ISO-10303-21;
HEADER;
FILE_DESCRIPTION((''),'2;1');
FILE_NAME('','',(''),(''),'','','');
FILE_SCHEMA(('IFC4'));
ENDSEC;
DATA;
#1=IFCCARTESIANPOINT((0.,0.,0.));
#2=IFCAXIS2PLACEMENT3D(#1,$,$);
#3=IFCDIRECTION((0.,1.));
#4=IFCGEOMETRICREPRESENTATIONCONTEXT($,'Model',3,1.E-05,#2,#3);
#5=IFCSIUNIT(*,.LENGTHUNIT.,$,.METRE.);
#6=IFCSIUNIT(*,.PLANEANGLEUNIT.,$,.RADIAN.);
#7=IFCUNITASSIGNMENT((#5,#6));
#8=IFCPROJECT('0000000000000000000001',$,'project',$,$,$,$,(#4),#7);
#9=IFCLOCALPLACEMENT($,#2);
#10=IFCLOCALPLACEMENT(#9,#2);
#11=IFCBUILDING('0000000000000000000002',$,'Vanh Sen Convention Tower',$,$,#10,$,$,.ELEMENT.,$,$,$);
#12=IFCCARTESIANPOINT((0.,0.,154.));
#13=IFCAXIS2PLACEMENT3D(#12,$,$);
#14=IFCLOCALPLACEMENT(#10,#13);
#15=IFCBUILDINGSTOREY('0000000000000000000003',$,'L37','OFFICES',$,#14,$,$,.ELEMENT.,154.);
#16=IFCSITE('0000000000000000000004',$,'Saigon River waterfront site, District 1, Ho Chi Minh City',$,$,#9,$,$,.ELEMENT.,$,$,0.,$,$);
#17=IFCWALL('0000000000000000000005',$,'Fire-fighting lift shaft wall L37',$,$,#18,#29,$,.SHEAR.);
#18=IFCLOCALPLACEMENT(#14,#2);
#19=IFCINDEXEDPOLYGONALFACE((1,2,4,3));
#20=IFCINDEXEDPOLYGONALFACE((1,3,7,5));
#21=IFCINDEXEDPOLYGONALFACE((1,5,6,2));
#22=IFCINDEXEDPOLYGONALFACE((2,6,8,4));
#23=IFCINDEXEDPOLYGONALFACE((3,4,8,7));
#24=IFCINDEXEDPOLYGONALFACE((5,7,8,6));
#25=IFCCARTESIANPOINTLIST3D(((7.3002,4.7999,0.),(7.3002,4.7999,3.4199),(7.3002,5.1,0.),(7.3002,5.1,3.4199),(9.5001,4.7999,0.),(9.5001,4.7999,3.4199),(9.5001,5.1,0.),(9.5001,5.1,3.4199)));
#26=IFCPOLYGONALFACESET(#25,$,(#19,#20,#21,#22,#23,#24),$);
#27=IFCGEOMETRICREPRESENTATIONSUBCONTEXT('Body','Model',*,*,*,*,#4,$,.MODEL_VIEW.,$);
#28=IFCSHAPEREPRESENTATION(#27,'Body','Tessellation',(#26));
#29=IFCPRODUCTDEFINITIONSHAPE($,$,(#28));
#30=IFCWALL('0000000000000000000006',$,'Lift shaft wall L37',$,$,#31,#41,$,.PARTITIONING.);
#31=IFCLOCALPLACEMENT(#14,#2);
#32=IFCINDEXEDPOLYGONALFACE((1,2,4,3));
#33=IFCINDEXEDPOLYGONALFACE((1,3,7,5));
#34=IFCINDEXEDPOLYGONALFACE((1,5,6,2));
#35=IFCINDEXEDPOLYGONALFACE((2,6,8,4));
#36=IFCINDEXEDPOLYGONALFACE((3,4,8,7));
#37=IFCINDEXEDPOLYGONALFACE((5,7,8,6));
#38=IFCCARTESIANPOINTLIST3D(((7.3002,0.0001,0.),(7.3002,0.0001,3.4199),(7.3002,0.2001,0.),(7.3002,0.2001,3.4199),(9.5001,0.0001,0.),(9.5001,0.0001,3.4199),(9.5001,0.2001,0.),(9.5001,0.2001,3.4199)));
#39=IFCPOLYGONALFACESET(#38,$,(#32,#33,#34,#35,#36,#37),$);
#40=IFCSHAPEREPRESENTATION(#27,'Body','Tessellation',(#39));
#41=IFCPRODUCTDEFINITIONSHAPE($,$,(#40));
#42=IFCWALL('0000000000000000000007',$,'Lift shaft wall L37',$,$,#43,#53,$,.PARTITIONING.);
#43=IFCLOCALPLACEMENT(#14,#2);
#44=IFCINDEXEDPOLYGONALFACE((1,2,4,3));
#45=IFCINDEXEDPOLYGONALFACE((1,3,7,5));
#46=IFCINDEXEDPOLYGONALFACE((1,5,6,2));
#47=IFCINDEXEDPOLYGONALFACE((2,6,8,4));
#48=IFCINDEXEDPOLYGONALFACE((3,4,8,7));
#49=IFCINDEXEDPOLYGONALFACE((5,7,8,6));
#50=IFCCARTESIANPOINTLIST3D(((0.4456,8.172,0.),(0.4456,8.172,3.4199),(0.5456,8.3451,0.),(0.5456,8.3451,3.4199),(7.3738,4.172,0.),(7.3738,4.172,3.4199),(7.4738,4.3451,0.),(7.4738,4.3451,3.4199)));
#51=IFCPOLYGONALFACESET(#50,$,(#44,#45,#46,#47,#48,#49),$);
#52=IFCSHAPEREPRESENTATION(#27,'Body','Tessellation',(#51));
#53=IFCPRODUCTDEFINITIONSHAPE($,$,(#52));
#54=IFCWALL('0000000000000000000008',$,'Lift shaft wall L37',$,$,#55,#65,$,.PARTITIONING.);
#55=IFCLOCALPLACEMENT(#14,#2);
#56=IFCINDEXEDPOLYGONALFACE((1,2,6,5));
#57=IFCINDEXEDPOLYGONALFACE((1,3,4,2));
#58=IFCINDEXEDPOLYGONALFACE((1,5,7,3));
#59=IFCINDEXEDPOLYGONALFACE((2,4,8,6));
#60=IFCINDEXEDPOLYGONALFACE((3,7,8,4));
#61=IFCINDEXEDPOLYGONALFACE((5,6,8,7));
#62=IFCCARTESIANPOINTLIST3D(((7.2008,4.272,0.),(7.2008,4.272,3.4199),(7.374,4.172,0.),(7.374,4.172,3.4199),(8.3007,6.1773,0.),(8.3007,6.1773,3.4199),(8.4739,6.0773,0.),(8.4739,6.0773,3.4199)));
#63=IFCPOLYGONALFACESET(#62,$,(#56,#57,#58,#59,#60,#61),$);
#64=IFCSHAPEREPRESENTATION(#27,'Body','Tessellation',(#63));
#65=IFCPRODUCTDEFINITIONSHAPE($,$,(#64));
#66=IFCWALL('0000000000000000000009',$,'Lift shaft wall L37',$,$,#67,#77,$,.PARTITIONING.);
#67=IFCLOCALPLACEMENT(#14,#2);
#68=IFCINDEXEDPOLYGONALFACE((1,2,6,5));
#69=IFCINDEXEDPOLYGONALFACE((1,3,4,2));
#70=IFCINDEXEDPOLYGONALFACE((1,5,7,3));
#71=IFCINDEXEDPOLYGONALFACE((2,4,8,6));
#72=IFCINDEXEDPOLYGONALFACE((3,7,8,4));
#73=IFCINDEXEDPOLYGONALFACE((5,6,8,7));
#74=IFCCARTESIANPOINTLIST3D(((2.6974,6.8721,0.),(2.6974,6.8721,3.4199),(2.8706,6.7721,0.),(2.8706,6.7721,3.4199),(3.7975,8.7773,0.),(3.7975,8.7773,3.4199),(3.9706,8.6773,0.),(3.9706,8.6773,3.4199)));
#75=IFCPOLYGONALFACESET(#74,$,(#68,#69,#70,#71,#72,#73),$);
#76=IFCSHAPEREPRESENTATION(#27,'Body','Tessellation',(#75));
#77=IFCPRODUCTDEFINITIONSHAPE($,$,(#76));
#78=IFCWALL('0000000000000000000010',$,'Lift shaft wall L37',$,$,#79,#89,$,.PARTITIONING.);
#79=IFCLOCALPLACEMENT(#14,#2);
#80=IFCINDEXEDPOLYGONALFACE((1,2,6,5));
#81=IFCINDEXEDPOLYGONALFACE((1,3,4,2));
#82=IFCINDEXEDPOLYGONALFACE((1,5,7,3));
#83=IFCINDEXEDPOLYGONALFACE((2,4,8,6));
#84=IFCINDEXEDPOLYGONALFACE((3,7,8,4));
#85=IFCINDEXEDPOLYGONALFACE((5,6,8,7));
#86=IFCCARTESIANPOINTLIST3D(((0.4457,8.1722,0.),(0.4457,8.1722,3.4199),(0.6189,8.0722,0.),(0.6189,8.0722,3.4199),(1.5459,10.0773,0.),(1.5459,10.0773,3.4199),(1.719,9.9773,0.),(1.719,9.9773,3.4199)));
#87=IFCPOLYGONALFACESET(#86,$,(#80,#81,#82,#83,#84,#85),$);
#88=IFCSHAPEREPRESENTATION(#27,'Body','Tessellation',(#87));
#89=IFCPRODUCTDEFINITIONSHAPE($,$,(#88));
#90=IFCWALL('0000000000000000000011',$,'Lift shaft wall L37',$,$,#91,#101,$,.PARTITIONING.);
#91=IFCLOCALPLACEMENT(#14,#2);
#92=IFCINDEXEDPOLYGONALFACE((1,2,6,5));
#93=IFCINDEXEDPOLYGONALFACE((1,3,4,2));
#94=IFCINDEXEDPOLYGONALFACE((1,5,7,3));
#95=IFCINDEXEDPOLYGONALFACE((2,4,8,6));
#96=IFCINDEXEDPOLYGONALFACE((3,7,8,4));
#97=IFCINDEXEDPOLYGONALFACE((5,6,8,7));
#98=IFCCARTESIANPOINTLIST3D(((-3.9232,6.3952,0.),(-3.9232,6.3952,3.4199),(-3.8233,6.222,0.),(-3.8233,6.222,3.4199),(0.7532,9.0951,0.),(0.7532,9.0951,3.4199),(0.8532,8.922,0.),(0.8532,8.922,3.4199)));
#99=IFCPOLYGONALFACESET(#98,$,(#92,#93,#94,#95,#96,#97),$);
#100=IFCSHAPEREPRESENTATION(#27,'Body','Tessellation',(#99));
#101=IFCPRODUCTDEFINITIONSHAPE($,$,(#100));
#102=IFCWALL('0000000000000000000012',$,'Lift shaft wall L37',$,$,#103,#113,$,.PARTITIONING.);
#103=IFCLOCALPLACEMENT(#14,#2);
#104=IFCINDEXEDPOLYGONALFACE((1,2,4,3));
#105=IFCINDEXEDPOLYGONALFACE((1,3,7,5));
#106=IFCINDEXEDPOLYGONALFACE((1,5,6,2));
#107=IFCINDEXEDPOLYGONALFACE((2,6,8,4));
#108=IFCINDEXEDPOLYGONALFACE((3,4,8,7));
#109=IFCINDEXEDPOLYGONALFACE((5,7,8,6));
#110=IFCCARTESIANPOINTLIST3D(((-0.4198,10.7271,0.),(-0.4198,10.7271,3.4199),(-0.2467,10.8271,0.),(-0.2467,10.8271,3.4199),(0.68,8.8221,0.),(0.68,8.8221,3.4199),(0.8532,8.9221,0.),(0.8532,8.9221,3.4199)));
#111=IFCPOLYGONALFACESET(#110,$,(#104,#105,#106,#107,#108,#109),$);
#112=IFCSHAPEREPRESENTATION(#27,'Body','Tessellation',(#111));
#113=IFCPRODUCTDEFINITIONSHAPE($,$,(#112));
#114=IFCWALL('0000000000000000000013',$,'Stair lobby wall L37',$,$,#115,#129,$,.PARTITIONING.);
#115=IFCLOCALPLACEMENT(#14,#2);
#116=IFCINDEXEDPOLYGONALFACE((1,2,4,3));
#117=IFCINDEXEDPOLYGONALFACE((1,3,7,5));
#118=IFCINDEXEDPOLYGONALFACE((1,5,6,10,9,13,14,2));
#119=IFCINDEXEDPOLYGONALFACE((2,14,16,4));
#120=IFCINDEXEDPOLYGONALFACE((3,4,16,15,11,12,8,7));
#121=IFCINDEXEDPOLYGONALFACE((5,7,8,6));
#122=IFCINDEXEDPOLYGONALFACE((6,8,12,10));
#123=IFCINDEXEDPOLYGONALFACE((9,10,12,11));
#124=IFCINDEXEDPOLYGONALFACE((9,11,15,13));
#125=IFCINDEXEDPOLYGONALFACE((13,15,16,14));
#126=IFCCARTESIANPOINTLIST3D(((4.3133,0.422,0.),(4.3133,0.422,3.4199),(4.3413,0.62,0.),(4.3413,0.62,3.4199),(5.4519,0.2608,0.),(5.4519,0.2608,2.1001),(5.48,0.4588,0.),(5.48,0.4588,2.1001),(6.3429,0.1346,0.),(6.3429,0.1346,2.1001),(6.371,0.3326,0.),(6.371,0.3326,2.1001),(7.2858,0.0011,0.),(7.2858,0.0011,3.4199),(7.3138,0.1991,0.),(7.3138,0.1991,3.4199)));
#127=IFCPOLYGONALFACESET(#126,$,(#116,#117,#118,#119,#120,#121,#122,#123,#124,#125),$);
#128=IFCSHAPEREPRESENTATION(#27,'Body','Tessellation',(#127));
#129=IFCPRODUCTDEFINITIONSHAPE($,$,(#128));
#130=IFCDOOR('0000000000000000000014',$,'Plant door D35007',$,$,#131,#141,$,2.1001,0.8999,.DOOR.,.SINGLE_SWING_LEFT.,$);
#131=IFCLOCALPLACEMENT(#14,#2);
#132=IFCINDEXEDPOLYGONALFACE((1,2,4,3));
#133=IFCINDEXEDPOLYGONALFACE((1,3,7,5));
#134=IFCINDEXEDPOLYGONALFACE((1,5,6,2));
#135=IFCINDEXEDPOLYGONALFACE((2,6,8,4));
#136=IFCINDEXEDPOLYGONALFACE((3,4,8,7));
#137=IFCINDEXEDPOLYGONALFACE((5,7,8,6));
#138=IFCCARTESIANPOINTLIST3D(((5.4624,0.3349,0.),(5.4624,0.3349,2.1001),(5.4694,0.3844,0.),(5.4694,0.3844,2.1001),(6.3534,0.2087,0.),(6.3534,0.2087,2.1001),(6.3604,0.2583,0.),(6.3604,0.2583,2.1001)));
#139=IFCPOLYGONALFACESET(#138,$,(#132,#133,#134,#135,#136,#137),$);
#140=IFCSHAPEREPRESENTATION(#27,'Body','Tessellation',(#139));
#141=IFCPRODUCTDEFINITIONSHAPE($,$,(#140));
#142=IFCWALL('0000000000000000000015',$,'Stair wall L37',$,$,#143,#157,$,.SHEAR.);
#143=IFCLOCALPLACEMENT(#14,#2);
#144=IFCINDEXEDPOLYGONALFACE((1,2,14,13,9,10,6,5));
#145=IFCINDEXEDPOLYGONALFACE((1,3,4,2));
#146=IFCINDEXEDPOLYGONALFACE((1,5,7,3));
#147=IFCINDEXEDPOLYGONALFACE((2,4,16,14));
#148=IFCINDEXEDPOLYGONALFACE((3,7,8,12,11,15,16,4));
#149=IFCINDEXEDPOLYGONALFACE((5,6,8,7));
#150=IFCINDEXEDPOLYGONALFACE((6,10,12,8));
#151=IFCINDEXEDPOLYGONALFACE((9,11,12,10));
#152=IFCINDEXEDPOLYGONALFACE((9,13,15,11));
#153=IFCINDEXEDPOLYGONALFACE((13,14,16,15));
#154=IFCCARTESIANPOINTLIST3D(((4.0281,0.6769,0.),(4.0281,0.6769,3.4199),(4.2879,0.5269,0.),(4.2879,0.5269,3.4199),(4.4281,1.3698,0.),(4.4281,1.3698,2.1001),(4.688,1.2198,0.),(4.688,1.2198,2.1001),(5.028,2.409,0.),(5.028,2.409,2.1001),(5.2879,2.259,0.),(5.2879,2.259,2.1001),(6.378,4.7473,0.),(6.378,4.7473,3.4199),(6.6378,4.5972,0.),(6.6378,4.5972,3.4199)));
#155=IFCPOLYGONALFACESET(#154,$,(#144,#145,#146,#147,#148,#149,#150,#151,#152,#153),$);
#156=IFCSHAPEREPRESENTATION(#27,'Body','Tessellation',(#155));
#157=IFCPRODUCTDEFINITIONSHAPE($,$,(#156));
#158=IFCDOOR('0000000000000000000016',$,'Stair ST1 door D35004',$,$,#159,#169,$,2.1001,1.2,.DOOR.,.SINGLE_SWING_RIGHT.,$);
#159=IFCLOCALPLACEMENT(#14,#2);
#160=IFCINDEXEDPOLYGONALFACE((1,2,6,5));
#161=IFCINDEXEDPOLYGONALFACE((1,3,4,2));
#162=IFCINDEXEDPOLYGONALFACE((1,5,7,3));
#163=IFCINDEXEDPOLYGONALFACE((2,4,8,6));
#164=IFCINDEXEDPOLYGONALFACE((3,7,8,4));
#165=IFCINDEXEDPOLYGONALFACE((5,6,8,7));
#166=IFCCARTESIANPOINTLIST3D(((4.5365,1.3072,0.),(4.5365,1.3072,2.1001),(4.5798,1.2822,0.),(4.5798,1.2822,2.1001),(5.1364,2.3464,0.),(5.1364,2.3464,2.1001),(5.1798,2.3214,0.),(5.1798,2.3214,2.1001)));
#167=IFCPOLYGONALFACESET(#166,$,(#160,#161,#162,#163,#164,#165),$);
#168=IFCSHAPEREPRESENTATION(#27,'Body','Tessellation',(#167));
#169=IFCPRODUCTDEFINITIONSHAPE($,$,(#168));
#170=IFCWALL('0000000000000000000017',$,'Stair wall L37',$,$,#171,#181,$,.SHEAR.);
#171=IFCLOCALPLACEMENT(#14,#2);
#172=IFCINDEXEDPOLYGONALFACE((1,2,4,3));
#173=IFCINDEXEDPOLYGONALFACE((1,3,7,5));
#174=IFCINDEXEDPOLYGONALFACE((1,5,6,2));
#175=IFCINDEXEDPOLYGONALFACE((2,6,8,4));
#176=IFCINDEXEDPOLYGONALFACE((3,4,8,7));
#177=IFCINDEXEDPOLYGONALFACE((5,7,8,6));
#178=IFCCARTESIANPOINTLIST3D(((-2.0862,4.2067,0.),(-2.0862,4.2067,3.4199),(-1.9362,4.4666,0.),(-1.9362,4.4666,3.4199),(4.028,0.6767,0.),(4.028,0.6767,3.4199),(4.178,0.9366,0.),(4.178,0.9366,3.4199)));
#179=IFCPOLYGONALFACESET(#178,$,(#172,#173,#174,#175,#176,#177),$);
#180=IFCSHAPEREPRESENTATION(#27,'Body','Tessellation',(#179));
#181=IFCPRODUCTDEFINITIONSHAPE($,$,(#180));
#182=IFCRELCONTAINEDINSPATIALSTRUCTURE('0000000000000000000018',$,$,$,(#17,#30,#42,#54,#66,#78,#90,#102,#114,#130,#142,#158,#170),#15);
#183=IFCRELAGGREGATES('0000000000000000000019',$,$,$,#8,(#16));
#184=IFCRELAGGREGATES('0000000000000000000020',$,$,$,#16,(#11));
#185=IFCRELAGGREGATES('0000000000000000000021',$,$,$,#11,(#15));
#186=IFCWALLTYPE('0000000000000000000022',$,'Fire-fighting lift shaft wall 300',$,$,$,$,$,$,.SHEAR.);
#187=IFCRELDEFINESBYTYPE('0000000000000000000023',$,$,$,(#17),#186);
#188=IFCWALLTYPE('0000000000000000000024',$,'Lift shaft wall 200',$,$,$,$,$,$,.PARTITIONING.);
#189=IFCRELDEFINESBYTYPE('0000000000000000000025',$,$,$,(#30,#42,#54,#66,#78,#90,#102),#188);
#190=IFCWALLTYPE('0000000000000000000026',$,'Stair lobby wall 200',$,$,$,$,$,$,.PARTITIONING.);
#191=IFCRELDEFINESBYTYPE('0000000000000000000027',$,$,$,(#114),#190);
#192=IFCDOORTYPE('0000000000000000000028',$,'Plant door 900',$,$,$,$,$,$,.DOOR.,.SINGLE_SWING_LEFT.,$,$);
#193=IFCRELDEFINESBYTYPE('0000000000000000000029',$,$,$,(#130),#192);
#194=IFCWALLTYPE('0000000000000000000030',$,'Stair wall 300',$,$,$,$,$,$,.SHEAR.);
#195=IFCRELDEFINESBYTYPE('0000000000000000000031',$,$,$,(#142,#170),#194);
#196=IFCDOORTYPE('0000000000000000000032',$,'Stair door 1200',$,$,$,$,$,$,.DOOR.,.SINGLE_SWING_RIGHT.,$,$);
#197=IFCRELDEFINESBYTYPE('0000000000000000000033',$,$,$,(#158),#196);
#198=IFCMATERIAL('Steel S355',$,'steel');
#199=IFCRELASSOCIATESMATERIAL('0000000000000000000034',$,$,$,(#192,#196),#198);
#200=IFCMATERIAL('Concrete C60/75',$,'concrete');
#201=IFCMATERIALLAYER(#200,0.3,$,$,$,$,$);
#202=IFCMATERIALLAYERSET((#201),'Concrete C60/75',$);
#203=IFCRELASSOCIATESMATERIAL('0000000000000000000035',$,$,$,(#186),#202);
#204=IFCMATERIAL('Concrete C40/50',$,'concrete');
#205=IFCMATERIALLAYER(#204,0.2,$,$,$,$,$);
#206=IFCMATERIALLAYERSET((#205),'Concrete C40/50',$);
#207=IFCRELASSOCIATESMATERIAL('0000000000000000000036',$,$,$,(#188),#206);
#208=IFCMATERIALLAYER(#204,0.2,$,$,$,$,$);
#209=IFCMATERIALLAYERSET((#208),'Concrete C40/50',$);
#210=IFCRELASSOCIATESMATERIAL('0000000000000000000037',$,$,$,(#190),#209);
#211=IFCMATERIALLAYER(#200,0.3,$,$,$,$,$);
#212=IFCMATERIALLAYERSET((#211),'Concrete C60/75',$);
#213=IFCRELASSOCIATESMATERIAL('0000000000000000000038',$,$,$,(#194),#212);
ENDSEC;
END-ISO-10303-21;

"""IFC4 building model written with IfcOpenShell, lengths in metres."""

from ifc_helpers import new_model, si_unit, direction, frame, frame_2d, origin, place, context, subcontext, project, spatial, rectangle, extrude, material, layer, layer_set, type_object, element, fill, save


model = new_model("IFC4")

# Units and contexts
model_context = context("Model", 3, precision=1e-05, world=origin(), true_north=direction((0.0, 1.0)))
body_context = subcontext(model_context, "Body", "Model", "MODEL_VIEW")
ifc_project = project(units=[si_unit("LENGTHUNIT", "METRE"), si_unit("PLANEANGLEUNIT", "RADIAN")], contexts=[model_context])

# Site, building, storey
site_placement = place(None, origin())
site = spatial("IfcSite", under=ifc_project, at=site_placement, Name="Saigon River waterfront site, District 1, Ho Chi Minh City", CompositionType="ELEMENT", RefElevation=0.0)
building_placement = place(site_placement, origin())
building = spatial("IfcBuilding", under=site, at=building_placement, Name="Vanh Sen Convention Tower", CompositionType="ELEMENT")
storey_placement = place(building_placement, frame((0.0, 0.0, 154.0)))
storey = spatial("IfcBuildingStorey", under=building, at=storey_placement, Name="L37", Description="OFFICES", CompositionType="ELEMENT", Elevation=154.0)

# Shared definitions
ifc_material_1 = material(Name="Concrete C40/50", Category="concrete")

# Shared definitions
ifc_material_2 = material(Name="Steel S355", Category="steel")
door_type_1 = type_object("IfcDoorType", Name="Plant door 900", OperationType="SINGLE_SWING_LEFT", PredefinedType="DOOR", material=ifc_material_2)

# Shared definitions
ifc_material_3 = material(Name="Concrete C60/75", Category="concrete")
ifc_layer_1 = layer(ifc_material_3, 0.3)
ifc_layer_set_1 = layer_set([ifc_layer_1], Name="Concrete C60/75")
wall_type_1 = type_object("IfcWallType", Name="Fire-fighting lift shaft wall 300", PredefinedType="SHEAR", material=ifc_layer_set_1)

# Walls
wall_1_placement = place(storey_placement, frame((7.3, 4.95, 0.0), z_axis=(0.0, 0.0, 1.0), x_axis=(1.0, 0.0, 0.0)))
element("IfcWall", 1, at=wall_1_placement, inside=storey, type_object=wall_type_1, Name="Fire-fighting lift shaft wall L37", PredefinedType="SHEAR", context=body_context, shape_type="SweptSolid", body=[
    extrude(rectangle(XDim=2.2, YDim=0.3, at=frame_2d((1.1001, 0.0))), origin(), (0.0, 0.0, 1.0), 3.4199),
])
ifc_layer_2 = layer(ifc_material_1, 0.2)
ifc_layer_set_2 = layer_set([ifc_layer_2], Name="Concrete C40/50")
wall_type_2 = type_object("IfcWallType", Name="Lift shaft wall 200", PredefinedType="PARTITIONING", material=ifc_layer_set_2)
wall_2_placement = place(storey_placement, frame((7.3, 0.1001, 0.0), z_axis=(0.0, 0.0, 1.0), x_axis=(1.0, 0.0, 0.0)))
element("IfcWall", 2, at=wall_2_placement, inside=storey, type_object=wall_type_2, Name="Lift shaft wall L37", PredefinedType="PARTITIONING", context=body_context, shape_type="SweptSolid", body=[
    extrude(rectangle(XDim=2.2, YDim=0.2, at=frame_2d((1.1001, 0.0))), origin(), (0.0, 0.0, 1.0), 3.4199),
])
wall_3_placement = place(storey_placement, frame((7.4238, 4.2585, 0.0), z_axis=(0.0, 0.0, 1.0), x_axis=(-0.866026, 0.499999, 0.0)))
element("IfcWall", 3, at=wall_3_placement, inside=storey, type_object=wall_type_2, Name="Lift shaft wall L37", PredefinedType="PARTITIONING", context=body_context, shape_type="SweptSolid", body=[
    extrude(rectangle(XDim=8.0, YDim=0.2, at=frame_2d((4.0, 0.0))), origin(), (0.0, 0.0, 1.0), 3.4199),
])
for number, where, z_axis, x_axis, name in (
    (4, (7.2874, 4.2219, 0.0), (0.0, 0.0, 1.0), (0.499947, 0.866056, 0.0), "Lift shaft wall L37"),
    (5, (2.7839, 6.822, 0.0), (0.0, 0.0, 1.0), (0.50003, 0.866008, 0.0), "Lift shaft wall L37"),
    (6, (0.5322, 8.1221, 0.0), (0.0, 0.0, 1.0), (0.500078, 0.86598, 0.0), "Lift shaft wall L37"),
):
    element("IfcWall", number, at=place(storey_placement, frame(where, z_axis=z_axis, x_axis=x_axis)), inside=storey, type_object=wall_type_2, Name=name, PredefinedType="PARTITIONING", context=body_context, shape_type="SweptSolid", body=[
        extrude(rectangle(XDim=2.2, YDim=0.2, at=frame_2d((1.1001, 0.0))), origin(), (0.0, 0.0, 1.0), 3.4199),
    ])
wall_4_placement = place(storey_placement, frame((0.8032, 9.0085, 0.0), z_axis=(0.0, 0.0, 1.0), x_axis=(-0.866028, -0.499995, 0.0)))
element("IfcWall", 7, at=wall_4_placement, inside=storey, type_object=wall_type_2, Name="Lift shaft wall L37", PredefinedType="PARTITIONING", context=body_context, shape_type="SweptSolid", body=[
    extrude(rectangle(XDim=5.3999, YDim=0.2, at=frame_2d((2.7, 0.0))), origin(), (0.0, 0.0, 1.0), 3.4199),
])
wall_5_placement = place(storey_placement, frame((0.7666, 8.8721, 0.0), z_axis=(0.0, 0.0, 1.0), x_axis=(-0.499995, 0.866028, 0.0)))
element("IfcWall", 8, at=wall_5_placement, inside=storey, type_object=wall_type_2, Name="Lift shaft wall L37", PredefinedType="PARTITIONING", context=body_context, shape_type="SweptSolid", body=[
    extrude(rectangle(XDim=2.1997, YDim=0.2, at=frame_2d((1.0999, 0.0))), origin(), (0.0, 0.0, 1.0), 3.4199),
])

# Walls, openings, doors
ifc_layer_3 = layer(ifc_material_1, 0.2)
ifc_layer_set_3 = layer_set([ifc_layer_3], Name="Concrete C40/50")
wall_type_3 = type_object("IfcWallType", Name="Stair lobby wall 200", PredefinedType="PARTITIONING", material=ifc_layer_set_3)
wall_6_placement = place(storey_placement, frame((4.3274, 0.521, 0.0), z_axis=(0.0, 0.0, 1.0), x_axis=(0.990124, -0.140192, 0.0)))
wall_6 = element("IfcWall", 9, at=wall_6_placement, inside=storey, type_object=wall_type_3, Name="Stair lobby wall L37", PredefinedType="PARTITIONING", context=body_context, shape_type="SweptSolid", body=[
    extrude(rectangle(XDim=3.0022, YDim=0.2, at=frame_2d((1.501, 0.0))), origin(), (0.0, 0.0, 1.0), 3.4199),
])
opening_1_placement = place(wall_6_placement, frame((1.1499, 0.0, 0.0)))
opening_1 = element("IfcOpeningElement", 10, at=opening_1_placement, cuts=wall_6, PredefinedType="OPENING", context=body_context, shape_type="SweptSolid", body=[
    extrude(rectangle(XDim=0.8999, YDim=2.1001, at=frame_2d((0.45, 1.05))), frame((0.0, 0.1099, 0.0), z_axis=(0.0, -1.0, 0.0), x_axis=(1.0, 0.0, 0.0)), (0.0, 0.0, 1.0), 0.22),
])
door_1_placement = place(opening_1_placement, origin())
door_1 = element("IfcDoor", 11, at=door_1_placement, inside=storey, type_object=door_type_1, Name="Plant door D35007", OperationType="SINGLE_SWING_LEFT", OverallHeight=2.1001, OverallWidth=0.8999, PredefinedType="DOOR", context=body_context, shape_type="SweptSolid", body=[
    extrude(rectangle(XDim=0.8999, YDim=2.1001, at=frame_2d((0.45, 1.05))), frame((0.0, 0.0249, 0.0), z_axis=(0.0, -1.0, 0.0), x_axis=(1.0, 0.0, 0.0)), (0.0, 0.0, 1.0), 0.05),
])
fill(opening_1, door_1)
ifc_layer_4 = layer(ifc_material_3, 0.3)
ifc_layer_set_4 = layer_set([ifc_layer_4], Name="Concrete C60/75")
wall_type_4 = type_object("IfcWallType", Name="Stair wall 300", PredefinedType="SHEAR", material=ifc_layer_set_4)
wall_7_placement = place(storey_placement, frame((4.158, 0.6018, 0.0), z_axis=(0.0, 0.0, 1.0), x_axis=(0.499977, 0.866039, 0.0)))
wall_7 = element("IfcWall", 12, at=wall_7_placement, inside=storey, type_object=wall_type_4, Name="Stair wall L37", PredefinedType="SHEAR", context=body_context, shape_type="SweptSolid", body=[
    extrude(rectangle(XDim=4.7, YDim=0.3, at=frame_2d((2.3501, 0.0))), origin(), (0.0, 0.0, 1.0), 3.4199),
])
opening_2_placement = place(wall_7_placement, frame((0.8, 0.0, 0.0)))
opening_2 = element("IfcOpeningElement", 13, at=opening_2_placement, cuts=wall_7, PredefinedType="OPENING", context=body_context, shape_type="SweptSolid", body=[
    extrude(rectangle(XDim=1.2, YDim=2.1001, at=frame_2d((0.6001, 1.05))), frame((0.0, 0.1599, 0.0), z_axis=(0.0, -1.0, 0.0), x_axis=(1.0, 0.0, 0.0)), (0.0, 0.0, 1.0), 0.3201),
])
door_type_2 = type_object("IfcDoorType", Name="Stair door 1200", OperationType="SINGLE_SWING_RIGHT", PredefinedType="DOOR", material=ifc_material_2)
door_2_placement = place(opening_2_placement, origin())
door_2 = element("IfcDoor", 14, at=door_2_placement, inside=storey, type_object=door_type_2, Name="Stair ST1 door D35004", OperationType="SINGLE_SWING_RIGHT", OverallHeight=2.1001, OverallWidth=1.2, PredefinedType="DOOR", context=body_context, shape_type="SweptSolid", body=[
    extrude(rectangle(XDim=1.2, YDim=2.1001, at=frame_2d((0.6001, 1.05))), frame((0.0, 0.0249, 0.0), z_axis=(0.0, -1.0, 0.0), x_axis=(1.0, 0.0, 0.0)), (0.0, 0.0, 1.0), 0.05),
])
fill(opening_2, door_2)

# Wall
for number, where, z_axis, x_axis, name in (
    (15, (4.103, 0.8066, 0.0), (0.0, 0.0, 1.0), (-0.866028, 0.499996, 0.0), "Stair wall L37"),
):
    element("IfcWall", number, at=place(storey_placement, frame(where, z_axis=z_axis, x_axis=x_axis)), inside=storey, type_object=wall_type_4, Name=name, PredefinedType="SHEAR", context=body_context, shape_type="SweptSolid", body=[
        extrude(rectangle(XDim=7.0601, YDim=0.3, at=frame_2d((3.53, 0.0))), origin(), (0.0, 0.0, 1.0), 3.4199),
    ])

save(model, "model.ifc")
